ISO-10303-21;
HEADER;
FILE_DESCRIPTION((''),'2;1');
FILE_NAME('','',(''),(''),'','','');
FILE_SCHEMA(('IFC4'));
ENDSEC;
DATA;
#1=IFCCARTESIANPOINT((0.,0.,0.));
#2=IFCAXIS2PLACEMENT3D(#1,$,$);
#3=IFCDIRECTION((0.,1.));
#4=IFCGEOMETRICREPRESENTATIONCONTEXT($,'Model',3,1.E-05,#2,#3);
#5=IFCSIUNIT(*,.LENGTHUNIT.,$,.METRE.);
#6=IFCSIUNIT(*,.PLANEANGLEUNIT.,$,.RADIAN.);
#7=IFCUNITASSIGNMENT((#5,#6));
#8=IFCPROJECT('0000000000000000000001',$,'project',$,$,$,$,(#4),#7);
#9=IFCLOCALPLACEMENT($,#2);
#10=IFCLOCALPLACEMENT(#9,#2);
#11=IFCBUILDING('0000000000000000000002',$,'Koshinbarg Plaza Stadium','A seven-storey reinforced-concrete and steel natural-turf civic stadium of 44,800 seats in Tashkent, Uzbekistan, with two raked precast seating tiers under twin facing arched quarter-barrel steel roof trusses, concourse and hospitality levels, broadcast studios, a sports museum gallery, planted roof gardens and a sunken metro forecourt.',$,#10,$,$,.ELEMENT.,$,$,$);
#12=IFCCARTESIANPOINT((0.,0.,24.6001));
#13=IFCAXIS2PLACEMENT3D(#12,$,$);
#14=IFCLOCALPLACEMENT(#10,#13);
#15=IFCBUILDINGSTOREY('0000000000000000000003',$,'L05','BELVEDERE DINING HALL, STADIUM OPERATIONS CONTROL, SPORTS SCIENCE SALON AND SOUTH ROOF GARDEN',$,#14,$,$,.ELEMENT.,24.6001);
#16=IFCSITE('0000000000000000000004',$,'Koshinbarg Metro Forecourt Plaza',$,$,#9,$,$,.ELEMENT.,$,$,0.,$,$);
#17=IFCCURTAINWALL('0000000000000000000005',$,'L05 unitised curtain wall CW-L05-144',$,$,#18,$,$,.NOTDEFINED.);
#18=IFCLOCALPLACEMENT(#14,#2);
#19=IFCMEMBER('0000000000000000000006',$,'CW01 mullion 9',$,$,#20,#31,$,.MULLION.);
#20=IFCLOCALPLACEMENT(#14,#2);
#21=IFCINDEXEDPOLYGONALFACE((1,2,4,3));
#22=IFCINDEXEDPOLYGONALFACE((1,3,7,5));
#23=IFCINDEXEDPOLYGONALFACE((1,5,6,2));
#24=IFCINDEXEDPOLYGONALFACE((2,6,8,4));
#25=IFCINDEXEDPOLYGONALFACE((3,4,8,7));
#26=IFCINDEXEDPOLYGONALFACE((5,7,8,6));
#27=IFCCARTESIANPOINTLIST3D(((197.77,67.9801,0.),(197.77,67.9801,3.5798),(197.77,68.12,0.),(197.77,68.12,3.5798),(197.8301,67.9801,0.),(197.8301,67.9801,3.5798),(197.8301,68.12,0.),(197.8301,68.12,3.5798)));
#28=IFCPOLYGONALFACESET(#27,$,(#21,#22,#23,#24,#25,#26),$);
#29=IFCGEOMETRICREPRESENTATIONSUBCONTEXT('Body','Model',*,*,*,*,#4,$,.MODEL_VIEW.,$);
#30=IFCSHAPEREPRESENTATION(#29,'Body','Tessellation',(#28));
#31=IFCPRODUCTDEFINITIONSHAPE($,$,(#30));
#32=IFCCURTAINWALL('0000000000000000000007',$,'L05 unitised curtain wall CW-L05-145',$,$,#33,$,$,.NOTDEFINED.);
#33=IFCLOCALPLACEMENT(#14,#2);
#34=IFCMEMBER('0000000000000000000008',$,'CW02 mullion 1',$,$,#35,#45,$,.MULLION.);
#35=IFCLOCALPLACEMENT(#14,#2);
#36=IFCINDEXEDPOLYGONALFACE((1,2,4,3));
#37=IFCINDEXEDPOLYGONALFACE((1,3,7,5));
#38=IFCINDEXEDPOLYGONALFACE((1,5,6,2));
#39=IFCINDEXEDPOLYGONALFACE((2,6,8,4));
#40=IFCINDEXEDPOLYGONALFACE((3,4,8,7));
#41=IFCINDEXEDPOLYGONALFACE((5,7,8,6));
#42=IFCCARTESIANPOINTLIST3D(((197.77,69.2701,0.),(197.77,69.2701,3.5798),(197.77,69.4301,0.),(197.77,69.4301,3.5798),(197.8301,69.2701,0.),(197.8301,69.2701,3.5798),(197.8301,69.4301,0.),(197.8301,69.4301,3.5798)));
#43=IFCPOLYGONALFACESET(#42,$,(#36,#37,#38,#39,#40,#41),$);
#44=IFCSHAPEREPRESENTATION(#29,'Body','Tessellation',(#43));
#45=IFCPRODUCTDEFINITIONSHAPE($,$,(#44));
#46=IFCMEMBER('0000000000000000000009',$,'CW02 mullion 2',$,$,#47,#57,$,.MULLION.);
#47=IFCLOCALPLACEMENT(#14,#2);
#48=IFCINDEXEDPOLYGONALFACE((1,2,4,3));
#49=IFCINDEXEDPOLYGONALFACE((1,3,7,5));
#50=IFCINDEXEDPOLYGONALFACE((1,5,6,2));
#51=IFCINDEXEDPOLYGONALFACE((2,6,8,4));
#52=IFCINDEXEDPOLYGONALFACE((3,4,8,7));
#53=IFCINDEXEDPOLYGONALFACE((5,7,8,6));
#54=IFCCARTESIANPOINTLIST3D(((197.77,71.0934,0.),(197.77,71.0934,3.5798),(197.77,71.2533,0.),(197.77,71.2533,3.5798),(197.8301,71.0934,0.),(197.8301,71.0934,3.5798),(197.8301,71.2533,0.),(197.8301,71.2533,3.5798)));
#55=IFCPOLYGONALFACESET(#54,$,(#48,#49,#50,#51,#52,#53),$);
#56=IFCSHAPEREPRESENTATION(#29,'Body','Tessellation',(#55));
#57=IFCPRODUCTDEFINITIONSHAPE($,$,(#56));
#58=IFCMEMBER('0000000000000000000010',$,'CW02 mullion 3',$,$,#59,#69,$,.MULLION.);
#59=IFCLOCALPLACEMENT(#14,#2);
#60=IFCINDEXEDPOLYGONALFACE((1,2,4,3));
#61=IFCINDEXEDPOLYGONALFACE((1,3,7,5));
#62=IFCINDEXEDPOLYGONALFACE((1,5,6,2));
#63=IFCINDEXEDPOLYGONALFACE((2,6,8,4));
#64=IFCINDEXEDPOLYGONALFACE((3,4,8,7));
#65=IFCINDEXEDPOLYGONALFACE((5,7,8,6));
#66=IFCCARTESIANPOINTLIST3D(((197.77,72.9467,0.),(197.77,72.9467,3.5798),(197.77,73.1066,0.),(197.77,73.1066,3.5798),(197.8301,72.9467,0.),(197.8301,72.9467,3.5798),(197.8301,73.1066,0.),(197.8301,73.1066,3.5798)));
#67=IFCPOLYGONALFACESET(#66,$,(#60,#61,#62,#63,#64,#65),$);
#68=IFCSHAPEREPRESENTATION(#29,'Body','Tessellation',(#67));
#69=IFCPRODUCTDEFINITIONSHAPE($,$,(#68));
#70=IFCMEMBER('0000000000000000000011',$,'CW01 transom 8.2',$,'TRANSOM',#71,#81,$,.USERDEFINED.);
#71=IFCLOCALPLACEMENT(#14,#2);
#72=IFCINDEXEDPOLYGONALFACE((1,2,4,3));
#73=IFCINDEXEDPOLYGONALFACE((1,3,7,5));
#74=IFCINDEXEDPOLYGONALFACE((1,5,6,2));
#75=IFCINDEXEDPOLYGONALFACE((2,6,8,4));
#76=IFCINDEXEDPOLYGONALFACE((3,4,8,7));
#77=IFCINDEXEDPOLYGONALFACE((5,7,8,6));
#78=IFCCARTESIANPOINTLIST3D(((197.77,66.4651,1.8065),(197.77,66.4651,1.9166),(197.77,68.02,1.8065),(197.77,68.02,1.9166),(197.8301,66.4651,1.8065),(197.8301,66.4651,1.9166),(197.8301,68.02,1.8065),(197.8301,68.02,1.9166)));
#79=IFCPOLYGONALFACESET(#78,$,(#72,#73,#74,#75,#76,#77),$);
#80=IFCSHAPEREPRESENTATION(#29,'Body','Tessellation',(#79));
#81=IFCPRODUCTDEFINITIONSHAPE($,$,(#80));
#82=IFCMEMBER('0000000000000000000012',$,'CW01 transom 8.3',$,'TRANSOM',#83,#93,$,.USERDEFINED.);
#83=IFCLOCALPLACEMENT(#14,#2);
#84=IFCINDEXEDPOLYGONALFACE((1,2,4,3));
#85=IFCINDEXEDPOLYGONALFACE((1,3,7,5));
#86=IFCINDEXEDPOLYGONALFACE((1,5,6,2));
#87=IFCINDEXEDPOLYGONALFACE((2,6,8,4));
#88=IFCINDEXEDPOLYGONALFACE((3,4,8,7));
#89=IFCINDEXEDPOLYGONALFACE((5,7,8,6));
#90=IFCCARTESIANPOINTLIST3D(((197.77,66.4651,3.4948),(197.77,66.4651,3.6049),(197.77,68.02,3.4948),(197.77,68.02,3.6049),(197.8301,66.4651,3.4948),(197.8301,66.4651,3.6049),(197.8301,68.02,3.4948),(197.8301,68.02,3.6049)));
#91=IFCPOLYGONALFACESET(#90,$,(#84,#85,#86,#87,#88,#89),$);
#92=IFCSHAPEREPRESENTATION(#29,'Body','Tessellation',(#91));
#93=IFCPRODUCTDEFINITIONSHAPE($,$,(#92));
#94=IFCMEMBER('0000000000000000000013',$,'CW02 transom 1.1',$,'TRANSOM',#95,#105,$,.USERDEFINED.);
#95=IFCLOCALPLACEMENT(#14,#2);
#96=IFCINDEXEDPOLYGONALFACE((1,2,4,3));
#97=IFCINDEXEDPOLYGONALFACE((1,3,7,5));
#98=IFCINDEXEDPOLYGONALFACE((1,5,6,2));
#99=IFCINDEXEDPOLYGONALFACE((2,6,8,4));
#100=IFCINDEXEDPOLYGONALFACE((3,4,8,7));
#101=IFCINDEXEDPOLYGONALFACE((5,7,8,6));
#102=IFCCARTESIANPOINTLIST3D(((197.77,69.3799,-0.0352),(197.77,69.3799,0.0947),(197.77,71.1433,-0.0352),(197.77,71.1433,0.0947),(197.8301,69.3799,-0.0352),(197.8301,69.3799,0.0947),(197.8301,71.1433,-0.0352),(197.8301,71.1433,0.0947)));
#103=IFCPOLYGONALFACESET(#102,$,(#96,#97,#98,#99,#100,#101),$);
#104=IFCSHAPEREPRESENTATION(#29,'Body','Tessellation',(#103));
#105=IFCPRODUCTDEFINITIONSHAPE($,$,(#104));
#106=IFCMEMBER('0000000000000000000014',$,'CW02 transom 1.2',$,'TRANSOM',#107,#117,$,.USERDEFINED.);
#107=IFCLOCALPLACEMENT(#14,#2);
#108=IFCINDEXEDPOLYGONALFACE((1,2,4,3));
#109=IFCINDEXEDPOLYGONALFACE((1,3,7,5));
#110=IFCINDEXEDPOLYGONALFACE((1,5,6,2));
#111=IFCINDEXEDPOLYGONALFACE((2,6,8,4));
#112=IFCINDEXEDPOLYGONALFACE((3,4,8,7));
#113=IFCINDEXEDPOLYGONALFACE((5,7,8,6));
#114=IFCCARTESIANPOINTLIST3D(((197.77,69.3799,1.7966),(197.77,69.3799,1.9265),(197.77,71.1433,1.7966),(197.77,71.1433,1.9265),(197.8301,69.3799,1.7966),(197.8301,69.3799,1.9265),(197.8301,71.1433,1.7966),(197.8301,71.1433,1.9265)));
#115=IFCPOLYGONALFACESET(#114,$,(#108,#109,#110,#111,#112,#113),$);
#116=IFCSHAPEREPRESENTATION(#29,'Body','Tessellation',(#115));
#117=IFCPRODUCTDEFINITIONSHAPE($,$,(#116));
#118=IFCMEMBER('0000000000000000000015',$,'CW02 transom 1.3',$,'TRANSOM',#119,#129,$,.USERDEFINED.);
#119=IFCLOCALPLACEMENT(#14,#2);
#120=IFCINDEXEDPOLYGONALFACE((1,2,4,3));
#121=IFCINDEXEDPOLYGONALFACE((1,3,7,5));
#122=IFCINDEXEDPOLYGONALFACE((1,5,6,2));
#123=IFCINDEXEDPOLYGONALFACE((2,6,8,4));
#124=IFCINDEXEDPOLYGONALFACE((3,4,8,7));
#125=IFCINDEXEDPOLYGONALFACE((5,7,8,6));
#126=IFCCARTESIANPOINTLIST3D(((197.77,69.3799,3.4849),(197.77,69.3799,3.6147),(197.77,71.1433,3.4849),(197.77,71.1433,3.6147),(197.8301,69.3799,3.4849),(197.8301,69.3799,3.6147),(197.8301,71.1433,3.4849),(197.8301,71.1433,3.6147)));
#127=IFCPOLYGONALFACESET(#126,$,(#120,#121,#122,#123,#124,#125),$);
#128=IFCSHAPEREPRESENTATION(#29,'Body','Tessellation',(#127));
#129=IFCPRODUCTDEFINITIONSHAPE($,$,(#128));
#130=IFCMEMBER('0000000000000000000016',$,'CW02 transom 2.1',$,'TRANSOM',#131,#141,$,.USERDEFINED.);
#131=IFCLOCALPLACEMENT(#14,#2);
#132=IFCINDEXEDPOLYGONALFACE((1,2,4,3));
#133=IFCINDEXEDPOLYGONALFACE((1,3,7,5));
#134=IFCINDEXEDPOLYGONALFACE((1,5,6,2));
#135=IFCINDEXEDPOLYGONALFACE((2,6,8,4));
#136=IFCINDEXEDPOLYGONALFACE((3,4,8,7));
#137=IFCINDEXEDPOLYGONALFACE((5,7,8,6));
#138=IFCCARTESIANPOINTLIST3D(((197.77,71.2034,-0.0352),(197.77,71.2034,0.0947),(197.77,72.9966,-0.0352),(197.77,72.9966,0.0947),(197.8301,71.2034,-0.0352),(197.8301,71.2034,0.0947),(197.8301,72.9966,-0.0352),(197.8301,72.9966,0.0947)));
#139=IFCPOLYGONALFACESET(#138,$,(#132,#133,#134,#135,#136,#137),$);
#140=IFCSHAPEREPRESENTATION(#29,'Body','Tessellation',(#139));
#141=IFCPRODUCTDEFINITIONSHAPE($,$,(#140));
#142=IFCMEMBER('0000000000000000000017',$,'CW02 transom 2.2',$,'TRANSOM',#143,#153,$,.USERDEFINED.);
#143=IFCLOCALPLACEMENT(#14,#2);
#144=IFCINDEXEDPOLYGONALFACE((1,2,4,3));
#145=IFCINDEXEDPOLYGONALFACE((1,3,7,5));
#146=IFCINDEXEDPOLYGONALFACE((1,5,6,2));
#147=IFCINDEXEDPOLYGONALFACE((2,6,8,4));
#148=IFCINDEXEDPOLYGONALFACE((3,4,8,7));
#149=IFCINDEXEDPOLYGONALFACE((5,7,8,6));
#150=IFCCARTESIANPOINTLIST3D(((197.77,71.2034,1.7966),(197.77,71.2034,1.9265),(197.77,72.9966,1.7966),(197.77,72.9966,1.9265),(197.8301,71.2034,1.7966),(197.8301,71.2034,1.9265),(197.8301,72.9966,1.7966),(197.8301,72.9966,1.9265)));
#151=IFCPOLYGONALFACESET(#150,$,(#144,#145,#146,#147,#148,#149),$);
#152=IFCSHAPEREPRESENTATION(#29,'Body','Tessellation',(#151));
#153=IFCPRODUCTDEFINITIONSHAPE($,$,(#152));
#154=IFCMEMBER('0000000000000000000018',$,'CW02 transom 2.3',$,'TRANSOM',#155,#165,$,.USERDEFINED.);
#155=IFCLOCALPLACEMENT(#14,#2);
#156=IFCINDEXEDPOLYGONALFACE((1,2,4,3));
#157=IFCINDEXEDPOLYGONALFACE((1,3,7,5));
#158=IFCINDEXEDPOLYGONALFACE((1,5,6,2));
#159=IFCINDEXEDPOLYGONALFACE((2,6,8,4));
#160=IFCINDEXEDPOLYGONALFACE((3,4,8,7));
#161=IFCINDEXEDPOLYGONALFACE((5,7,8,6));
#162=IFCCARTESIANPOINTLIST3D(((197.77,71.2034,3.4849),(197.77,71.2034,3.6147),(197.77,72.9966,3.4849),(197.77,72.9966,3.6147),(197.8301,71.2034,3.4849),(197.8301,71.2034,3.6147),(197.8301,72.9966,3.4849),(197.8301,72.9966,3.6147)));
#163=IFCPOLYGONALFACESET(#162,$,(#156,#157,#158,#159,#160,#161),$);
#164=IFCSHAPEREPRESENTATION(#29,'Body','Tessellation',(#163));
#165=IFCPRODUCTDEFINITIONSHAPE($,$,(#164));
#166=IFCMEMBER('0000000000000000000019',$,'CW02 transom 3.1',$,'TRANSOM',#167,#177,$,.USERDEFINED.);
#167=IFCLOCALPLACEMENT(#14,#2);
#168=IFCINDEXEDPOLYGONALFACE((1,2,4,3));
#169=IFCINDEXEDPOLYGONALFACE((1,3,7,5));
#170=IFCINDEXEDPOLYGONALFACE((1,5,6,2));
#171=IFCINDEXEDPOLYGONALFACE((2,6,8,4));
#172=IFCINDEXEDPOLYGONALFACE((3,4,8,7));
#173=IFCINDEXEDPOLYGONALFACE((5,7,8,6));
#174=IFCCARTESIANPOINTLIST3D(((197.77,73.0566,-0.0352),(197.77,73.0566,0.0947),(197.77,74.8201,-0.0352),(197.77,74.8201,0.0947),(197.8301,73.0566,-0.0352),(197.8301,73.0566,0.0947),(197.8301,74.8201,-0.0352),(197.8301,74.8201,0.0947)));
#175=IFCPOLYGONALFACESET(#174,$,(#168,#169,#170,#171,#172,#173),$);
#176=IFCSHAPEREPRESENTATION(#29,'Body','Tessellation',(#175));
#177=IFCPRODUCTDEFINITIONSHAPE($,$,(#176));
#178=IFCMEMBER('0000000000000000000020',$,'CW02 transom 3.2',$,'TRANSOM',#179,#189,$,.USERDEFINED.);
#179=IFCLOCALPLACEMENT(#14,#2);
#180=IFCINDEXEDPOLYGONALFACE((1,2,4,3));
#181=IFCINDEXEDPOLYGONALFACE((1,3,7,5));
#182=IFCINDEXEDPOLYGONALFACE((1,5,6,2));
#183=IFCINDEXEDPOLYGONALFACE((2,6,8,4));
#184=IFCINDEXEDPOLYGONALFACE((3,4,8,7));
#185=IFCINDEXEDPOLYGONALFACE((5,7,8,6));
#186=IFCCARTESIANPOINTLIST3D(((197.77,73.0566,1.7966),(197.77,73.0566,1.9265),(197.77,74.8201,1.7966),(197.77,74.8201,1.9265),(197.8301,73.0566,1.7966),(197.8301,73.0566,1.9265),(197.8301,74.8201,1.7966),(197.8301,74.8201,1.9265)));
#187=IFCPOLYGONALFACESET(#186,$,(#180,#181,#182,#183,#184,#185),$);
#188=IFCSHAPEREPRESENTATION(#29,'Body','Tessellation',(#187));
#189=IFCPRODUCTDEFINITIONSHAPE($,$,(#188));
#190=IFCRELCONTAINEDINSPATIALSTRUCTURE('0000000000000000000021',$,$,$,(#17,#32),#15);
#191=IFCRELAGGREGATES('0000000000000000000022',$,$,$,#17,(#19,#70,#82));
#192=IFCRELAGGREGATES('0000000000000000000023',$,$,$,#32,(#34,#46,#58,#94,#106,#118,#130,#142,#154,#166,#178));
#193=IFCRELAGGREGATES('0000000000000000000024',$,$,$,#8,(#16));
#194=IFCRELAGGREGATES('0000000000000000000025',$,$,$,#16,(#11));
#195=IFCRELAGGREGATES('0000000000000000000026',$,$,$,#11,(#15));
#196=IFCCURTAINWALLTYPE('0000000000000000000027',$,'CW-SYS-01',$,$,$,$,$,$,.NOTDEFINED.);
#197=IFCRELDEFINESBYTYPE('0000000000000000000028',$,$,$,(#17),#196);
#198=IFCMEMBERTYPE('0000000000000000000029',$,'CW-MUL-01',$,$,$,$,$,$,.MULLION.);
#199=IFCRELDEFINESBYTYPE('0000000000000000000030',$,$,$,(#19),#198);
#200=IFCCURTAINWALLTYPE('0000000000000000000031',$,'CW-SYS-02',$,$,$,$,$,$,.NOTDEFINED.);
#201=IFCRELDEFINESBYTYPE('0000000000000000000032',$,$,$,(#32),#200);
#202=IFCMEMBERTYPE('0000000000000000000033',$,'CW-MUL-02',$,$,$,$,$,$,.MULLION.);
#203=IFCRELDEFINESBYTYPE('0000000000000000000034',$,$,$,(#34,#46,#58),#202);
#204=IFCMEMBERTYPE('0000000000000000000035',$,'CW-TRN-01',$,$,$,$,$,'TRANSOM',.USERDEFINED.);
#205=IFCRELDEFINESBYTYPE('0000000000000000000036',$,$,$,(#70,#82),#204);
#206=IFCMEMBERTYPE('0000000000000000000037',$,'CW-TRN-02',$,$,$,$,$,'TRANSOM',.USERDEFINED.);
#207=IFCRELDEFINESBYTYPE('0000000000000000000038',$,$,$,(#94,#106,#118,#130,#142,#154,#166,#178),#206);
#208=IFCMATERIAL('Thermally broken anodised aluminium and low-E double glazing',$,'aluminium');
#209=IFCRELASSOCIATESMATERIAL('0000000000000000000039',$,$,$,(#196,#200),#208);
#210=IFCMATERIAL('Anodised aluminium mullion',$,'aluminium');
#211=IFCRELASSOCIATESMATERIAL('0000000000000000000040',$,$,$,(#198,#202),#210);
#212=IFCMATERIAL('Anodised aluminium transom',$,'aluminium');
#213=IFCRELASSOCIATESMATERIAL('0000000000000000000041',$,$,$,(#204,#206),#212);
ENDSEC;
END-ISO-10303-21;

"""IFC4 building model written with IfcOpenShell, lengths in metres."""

from ifc_helpers import new_model, si_unit, direction, frame, origin, origin_2d, place, context, subcontext, project, spatial, rectangle, extrude, material, material_profile, profile_set, type_object, element, aggregate, save


model = new_model("IFC4")

# Units and contexts
model_context = context("Model", 3, precision=1e-05, world=origin(), true_north=direction((0.0, 1.0)))
body_context = subcontext(model_context, "Body", "Model", "MODEL_VIEW")
ifc_project = project(units=[si_unit("LENGTHUNIT", "METRE"), si_unit("PLANEANGLEUNIT", "RADIAN")], contexts=[model_context])

# Site, building, storey
site_placement = place(None, origin())
site = spatial("IfcSite", under=ifc_project, at=site_placement, Name="Koshinbarg Metro Forecourt Plaza", CompositionType="ELEMENT", RefElevation=0.0)
building_placement = place(site_placement, origin())
building = spatial("IfcBuilding", under=site, at=building_placement, Name="Koshinbarg Plaza Stadium", Description="A seven-storey reinforced-concrete and steel natural-turf civic stadium of 44,800 seats in Tashkent, Uzbekistan, with two raked precast seating tiers under twin facing arched quarter-barrel steel roof trusses, concourse and hospitality levels, broadcast studios, a sports museum gallery, planted roof gardens and a sunken metro forecourt.", CompositionType="ELEMENT")
storey_placement = place(building_placement, frame((0.0, 0.0, 24.6001)))
storey = spatial("IfcBuildingStorey", under=building, at=storey_placement, Name="L05", Description="BELVEDERE DINING HALL, STADIUM OPERATIONS CONTROL, SPORTS SCIENCE SALON AND SOUTH ROOF GARDEN", CompositionType="ELEMENT", Elevation=24.6001)

# Curtain wall, member
ifc_material_1 = material(Name="Thermally broken anodised aluminium and low-E double glazing", Category="aluminium")
curtain_wall_type_1 = type_object("IfcCurtainWallType", Name="CW-SYS-01", PredefinedType="NOTDEFINED", material=ifc_material_1)
curtain_wall_1_placement = place(storey_placement, origin())
curtain_wall_1 = element("IfcCurtainWall", 1, at=curtain_wall_1_placement, inside=storey, type_object=curtain_wall_type_1, Name="L05 unitised curtain wall CW-L05-144", PredefinedType="NOTDEFINED")
ifc_material_2 = material(Name="Anodised aluminium mullion", Category="aluminium")
ifc_material_profile_1 = material_profile(ifc_material_2, rectangle(XDim=0.0601, YDim=0.1399, at=origin_2d()), Name="ALU 60x140")
ifc_profile_set_1 = profile_set([ifc_material_profile_1], Name="Anodised aluminium mullion")
member_type_1 = type_object("IfcMemberType", Name="CW-MUL-01", PredefinedType="MULLION", material=ifc_profile_set_1)
member_1_placement = place(storey_placement, frame((197.8, 68.05, 0.0), z_axis=(0.0, 0.0, 1.0), x_axis=(-1.0, 0.0, 0.0)))
member_1 = element("IfcMember", 2, at=member_1_placement, type_object=member_type_1, Name="CW01 mullion 9", PredefinedType="MULLION", context=body_context, shape_type="SweptSolid", body=[
    extrude(rectangle(XDim=0.0601, YDim=0.1399, at=origin_2d()), origin(), (0.0, 0.0, 1.0), 3.5798),
])

# Curtain wall, members
curtain_wall_type_2 = type_object("IfcCurtainWallType", Name="CW-SYS-02", PredefinedType="NOTDEFINED", material=ifc_material_1)
curtain_wall_2_placement = place(storey_placement, origin())
curtain_wall_2 = element("IfcCurtainWall", 3, at=curtain_wall_2_placement, inside=storey, type_object=curtain_wall_type_2, Name="L05 unitised curtain wall CW-L05-145", PredefinedType="NOTDEFINED")
ifc_material_profile_2 = material_profile(ifc_material_2, rectangle(XDim=0.0601, YDim=0.1599, at=origin_2d()), Name="ALU 60x160")
ifc_profile_set_2 = profile_set([ifc_material_profile_2], Name="Anodised aluminium mullion")
member_type_2 = type_object("IfcMemberType", Name="CW-MUL-02", PredefinedType="MULLION", material=ifc_profile_set_2)
member_2_placement = place(storey_placement, frame((197.8, 69.3501, 0.0), z_axis=(0.0, 0.0, 1.0), x_axis=(-1.0, 0.0, 0.0)))
member_2 = element("IfcMember", 4, at=member_2_placement, type_object=member_type_2, Name="CW02 mullion 1", PredefinedType="MULLION", context=body_context, shape_type="SweptSolid", body=[
    extrude(rectangle(XDim=0.0601, YDim=0.1599, at=origin_2d()), origin(), (0.0, 0.0, 1.0), 3.5798),
])
member_3_placement = place(storey_placement, frame((197.8, 71.1733, 0.0), z_axis=(0.0, 0.0, 1.0), x_axis=(-1.0, 0.0, 0.0)))
member_3 = element("IfcMember", 5, at=member_3_placement, type_object=member_type_2, Name="CW02 mullion 2", PredefinedType="MULLION", context=body_context, shape_type="SweptSolid", body=[
    extrude(rectangle(XDim=0.0601, YDim=0.1599, at=origin_2d()), origin(), (0.0, 0.0, 1.0), 3.5798),
])
member_4_placement = place(storey_placement, frame((197.8, 73.0266, 0.0), z_axis=(0.0, 0.0, 1.0), x_axis=(-1.0, 0.0, 0.0)))
member_4 = element("IfcMember", 6, at=member_4_placement, type_object=member_type_2, Name="CW02 mullion 3", PredefinedType="MULLION", context=body_context, shape_type="SweptSolid", body=[
    extrude(rectangle(XDim=0.0601, YDim=0.1599, at=origin_2d()), origin(), (0.0, 0.0, 1.0), 3.5798),
])

# Members
ifc_material_3 = material(Name="Anodised aluminium transom", Category="aluminium")
ifc_material_profile_3 = material_profile(ifc_material_3, rectangle(XDim=0.0601, YDim=0.1101, at=origin_2d()), Name="ALU 60x110")
ifc_profile_set_3 = profile_set([ifc_material_profile_3], Name="Anodised aluminium transom")
member_type_3 = type_object("IfcMemberType", Name="CW-TRN-01", ElementType="TRANSOM", PredefinedType="USERDEFINED", material=ifc_profile_set_3)
member_5_placement = place(storey_placement, frame((197.8, 66.4651, 1.8616), z_axis=(0.0, 1.0, 0.0), x_axis=(-1.0, 0.0, 0.0)))
member_5 = element("IfcMember", 7, at=member_5_placement, type_object=member_type_3, Name="CW01 transom 8.2", ObjectType="TRANSOM", PredefinedType="USERDEFINED", context=body_context, shape_type="SweptSolid", body=[
    extrude(rectangle(XDim=0.0601, YDim=0.1101, at=origin_2d()), origin(), (0.0, 0.0, 1.0), 1.5549),
])
member_6_placement = place(storey_placement, frame((197.8, 66.4651, 3.5498), z_axis=(0.0, 1.0, 0.0), x_axis=(-1.0, 0.0, 0.0)))
member_6 = element("IfcMember", 8, at=member_6_placement, type_object=member_type_3, Name="CW01 transom 8.3", ObjectType="TRANSOM", PredefinedType="USERDEFINED", context=body_context, shape_type="SweptSolid", body=[
    extrude(rectangle(XDim=0.0601, YDim=0.1101, at=origin_2d()), origin(), (0.0, 0.0, 1.0), 1.5549),
])
ifc_material_profile_4 = material_profile(ifc_material_3, rectangle(XDim=0.0601, YDim=0.1299, at=origin_2d()), Name="ALU 60x130")
ifc_profile_set_4 = profile_set([ifc_material_profile_4], Name="Anodised aluminium transom")
member_type_4 = type_object("IfcMemberType", Name="CW-TRN-02", ElementType="TRANSOM", PredefinedType="USERDEFINED", material=ifc_profile_set_4)
member_7_placement = place(storey_placement, frame((197.8, 69.3799, 0.0298), z_axis=(0.0, 1.0, 0.0), x_axis=(-1.0, 0.0, 0.0)))
member_7 = element("IfcMember", 9, at=member_7_placement, type_object=member_type_4, Name="CW02 transom 1.1", ObjectType="TRANSOM", PredefinedType="USERDEFINED", context=body_context, shape_type="SweptSolid", body=[
    extrude(rectangle(XDim=0.0601, YDim=0.1299, at=origin_2d()), origin(), (0.0, 0.0, 1.0), 1.7634),
])
member_8_placement = place(storey_placement, frame((197.8, 69.3799, 1.8616), z_axis=(0.0, 1.0, 0.0), x_axis=(-1.0, 0.0, 0.0)))
member_8 = element("IfcMember", 10, at=member_8_placement, type_object=member_type_4, Name="CW02 transom 1.2", ObjectType="TRANSOM", PredefinedType="USERDEFINED", context=body_context, shape_type="SweptSolid", body=[
    extrude(rectangle(XDim=0.0601, YDim=0.1299, at=origin_2d()), origin(), (0.0, 0.0, 1.0), 1.7634),
])
member_9_placement = place(storey_placement, frame((197.8, 69.3799, 3.5498), z_axis=(0.0, 1.0, 0.0), x_axis=(-1.0, 0.0, 0.0)))
member_9 = element("IfcMember", 11, at=member_9_placement, type_object=member_type_4, Name="CW02 transom 1.3", ObjectType="TRANSOM", PredefinedType="USERDEFINED", context=body_context, shape_type="SweptSolid", body=[
    extrude(rectangle(XDim=0.0601, YDim=0.1299, at=origin_2d()), origin(), (0.0, 0.0, 1.0), 1.7634),
])
member_10_placement = place(storey_placement, frame((197.8, 71.2034, 0.0298), z_axis=(0.0, 1.0, 0.0), x_axis=(-1.0, 0.0, 0.0)))
member_10 = element("IfcMember", 12, at=member_10_placement, type_object=member_type_4, Name="CW02 transom 2.1", ObjectType="TRANSOM", PredefinedType="USERDEFINED", context=body_context, shape_type="SweptSolid", body=[
    extrude(rectangle(XDim=0.0601, YDim=0.1299, at=origin_2d()), origin(), (0.0, 0.0, 1.0), 1.7932),
])
member_11_placement = place(storey_placement, frame((197.8, 71.2034, 1.8616), z_axis=(0.0, 1.0, 0.0), x_axis=(-1.0, 0.0, 0.0)))
member_11 = element("IfcMember", 13, at=member_11_placement, type_object=member_type_4, Name="CW02 transom 2.2", ObjectType="TRANSOM", PredefinedType="USERDEFINED", context=body_context, shape_type="SweptSolid", body=[
    extrude(rectangle(XDim=0.0601, YDim=0.1299, at=origin_2d()), origin(), (0.0, 0.0, 1.0), 1.7932),
])
member_12_placement = place(storey_placement, frame((197.8, 71.2034, 3.5498), z_axis=(0.0, 1.0, 0.0), x_axis=(-1.0, 0.0, 0.0)))
member_12 = element("IfcMember", 14, at=member_12_placement, type_object=member_type_4, Name="CW02 transom 2.3", ObjectType="TRANSOM", PredefinedType="USERDEFINED", context=body_context, shape_type="SweptSolid", body=[
    extrude(rectangle(XDim=0.0601, YDim=0.1299, at=origin_2d()), origin(), (0.0, 0.0, 1.0), 1.7932),
])
member_13_placement = place(storey_placement, frame((197.8, 73.0566, 0.0298), z_axis=(0.0, 1.0, 0.0), x_axis=(-1.0, 0.0, 0.0)))
member_13 = element("IfcMember", 15, at=member_13_placement, type_object=member_type_4, Name="CW02 transom 3.1", ObjectType="TRANSOM", PredefinedType="USERDEFINED", context=body_context, shape_type="SweptSolid", body=[
    extrude(rectangle(XDim=0.0601, YDim=0.1299, at=origin_2d()), origin(), (0.0, 0.0, 1.0), 1.7634),
])
member_14_placement = place(storey_placement, frame((197.8, 73.0566, 1.8616), z_axis=(0.0, 1.0, 0.0), x_axis=(-1.0, 0.0, 0.0)))
member_14 = element("IfcMember", 16, at=member_14_placement, type_object=member_type_4, Name="CW02 transom 3.2", ObjectType="TRANSOM", PredefinedType="USERDEFINED", context=body_context, shape_type="SweptSolid", body=[
    extrude(rectangle(XDim=0.0601, YDim=0.1299, at=origin_2d()), origin(), (0.0, 0.0, 1.0), 1.7634),
])

aggregate(curtain_wall_1, [member_1, member_5, member_6])
aggregate(curtain_wall_2, [member_2, member_3, member_4, member_7, member_8, member_9, member_10, member_11, member_12, member_13, member_14])

save(model, "model.ifc")
